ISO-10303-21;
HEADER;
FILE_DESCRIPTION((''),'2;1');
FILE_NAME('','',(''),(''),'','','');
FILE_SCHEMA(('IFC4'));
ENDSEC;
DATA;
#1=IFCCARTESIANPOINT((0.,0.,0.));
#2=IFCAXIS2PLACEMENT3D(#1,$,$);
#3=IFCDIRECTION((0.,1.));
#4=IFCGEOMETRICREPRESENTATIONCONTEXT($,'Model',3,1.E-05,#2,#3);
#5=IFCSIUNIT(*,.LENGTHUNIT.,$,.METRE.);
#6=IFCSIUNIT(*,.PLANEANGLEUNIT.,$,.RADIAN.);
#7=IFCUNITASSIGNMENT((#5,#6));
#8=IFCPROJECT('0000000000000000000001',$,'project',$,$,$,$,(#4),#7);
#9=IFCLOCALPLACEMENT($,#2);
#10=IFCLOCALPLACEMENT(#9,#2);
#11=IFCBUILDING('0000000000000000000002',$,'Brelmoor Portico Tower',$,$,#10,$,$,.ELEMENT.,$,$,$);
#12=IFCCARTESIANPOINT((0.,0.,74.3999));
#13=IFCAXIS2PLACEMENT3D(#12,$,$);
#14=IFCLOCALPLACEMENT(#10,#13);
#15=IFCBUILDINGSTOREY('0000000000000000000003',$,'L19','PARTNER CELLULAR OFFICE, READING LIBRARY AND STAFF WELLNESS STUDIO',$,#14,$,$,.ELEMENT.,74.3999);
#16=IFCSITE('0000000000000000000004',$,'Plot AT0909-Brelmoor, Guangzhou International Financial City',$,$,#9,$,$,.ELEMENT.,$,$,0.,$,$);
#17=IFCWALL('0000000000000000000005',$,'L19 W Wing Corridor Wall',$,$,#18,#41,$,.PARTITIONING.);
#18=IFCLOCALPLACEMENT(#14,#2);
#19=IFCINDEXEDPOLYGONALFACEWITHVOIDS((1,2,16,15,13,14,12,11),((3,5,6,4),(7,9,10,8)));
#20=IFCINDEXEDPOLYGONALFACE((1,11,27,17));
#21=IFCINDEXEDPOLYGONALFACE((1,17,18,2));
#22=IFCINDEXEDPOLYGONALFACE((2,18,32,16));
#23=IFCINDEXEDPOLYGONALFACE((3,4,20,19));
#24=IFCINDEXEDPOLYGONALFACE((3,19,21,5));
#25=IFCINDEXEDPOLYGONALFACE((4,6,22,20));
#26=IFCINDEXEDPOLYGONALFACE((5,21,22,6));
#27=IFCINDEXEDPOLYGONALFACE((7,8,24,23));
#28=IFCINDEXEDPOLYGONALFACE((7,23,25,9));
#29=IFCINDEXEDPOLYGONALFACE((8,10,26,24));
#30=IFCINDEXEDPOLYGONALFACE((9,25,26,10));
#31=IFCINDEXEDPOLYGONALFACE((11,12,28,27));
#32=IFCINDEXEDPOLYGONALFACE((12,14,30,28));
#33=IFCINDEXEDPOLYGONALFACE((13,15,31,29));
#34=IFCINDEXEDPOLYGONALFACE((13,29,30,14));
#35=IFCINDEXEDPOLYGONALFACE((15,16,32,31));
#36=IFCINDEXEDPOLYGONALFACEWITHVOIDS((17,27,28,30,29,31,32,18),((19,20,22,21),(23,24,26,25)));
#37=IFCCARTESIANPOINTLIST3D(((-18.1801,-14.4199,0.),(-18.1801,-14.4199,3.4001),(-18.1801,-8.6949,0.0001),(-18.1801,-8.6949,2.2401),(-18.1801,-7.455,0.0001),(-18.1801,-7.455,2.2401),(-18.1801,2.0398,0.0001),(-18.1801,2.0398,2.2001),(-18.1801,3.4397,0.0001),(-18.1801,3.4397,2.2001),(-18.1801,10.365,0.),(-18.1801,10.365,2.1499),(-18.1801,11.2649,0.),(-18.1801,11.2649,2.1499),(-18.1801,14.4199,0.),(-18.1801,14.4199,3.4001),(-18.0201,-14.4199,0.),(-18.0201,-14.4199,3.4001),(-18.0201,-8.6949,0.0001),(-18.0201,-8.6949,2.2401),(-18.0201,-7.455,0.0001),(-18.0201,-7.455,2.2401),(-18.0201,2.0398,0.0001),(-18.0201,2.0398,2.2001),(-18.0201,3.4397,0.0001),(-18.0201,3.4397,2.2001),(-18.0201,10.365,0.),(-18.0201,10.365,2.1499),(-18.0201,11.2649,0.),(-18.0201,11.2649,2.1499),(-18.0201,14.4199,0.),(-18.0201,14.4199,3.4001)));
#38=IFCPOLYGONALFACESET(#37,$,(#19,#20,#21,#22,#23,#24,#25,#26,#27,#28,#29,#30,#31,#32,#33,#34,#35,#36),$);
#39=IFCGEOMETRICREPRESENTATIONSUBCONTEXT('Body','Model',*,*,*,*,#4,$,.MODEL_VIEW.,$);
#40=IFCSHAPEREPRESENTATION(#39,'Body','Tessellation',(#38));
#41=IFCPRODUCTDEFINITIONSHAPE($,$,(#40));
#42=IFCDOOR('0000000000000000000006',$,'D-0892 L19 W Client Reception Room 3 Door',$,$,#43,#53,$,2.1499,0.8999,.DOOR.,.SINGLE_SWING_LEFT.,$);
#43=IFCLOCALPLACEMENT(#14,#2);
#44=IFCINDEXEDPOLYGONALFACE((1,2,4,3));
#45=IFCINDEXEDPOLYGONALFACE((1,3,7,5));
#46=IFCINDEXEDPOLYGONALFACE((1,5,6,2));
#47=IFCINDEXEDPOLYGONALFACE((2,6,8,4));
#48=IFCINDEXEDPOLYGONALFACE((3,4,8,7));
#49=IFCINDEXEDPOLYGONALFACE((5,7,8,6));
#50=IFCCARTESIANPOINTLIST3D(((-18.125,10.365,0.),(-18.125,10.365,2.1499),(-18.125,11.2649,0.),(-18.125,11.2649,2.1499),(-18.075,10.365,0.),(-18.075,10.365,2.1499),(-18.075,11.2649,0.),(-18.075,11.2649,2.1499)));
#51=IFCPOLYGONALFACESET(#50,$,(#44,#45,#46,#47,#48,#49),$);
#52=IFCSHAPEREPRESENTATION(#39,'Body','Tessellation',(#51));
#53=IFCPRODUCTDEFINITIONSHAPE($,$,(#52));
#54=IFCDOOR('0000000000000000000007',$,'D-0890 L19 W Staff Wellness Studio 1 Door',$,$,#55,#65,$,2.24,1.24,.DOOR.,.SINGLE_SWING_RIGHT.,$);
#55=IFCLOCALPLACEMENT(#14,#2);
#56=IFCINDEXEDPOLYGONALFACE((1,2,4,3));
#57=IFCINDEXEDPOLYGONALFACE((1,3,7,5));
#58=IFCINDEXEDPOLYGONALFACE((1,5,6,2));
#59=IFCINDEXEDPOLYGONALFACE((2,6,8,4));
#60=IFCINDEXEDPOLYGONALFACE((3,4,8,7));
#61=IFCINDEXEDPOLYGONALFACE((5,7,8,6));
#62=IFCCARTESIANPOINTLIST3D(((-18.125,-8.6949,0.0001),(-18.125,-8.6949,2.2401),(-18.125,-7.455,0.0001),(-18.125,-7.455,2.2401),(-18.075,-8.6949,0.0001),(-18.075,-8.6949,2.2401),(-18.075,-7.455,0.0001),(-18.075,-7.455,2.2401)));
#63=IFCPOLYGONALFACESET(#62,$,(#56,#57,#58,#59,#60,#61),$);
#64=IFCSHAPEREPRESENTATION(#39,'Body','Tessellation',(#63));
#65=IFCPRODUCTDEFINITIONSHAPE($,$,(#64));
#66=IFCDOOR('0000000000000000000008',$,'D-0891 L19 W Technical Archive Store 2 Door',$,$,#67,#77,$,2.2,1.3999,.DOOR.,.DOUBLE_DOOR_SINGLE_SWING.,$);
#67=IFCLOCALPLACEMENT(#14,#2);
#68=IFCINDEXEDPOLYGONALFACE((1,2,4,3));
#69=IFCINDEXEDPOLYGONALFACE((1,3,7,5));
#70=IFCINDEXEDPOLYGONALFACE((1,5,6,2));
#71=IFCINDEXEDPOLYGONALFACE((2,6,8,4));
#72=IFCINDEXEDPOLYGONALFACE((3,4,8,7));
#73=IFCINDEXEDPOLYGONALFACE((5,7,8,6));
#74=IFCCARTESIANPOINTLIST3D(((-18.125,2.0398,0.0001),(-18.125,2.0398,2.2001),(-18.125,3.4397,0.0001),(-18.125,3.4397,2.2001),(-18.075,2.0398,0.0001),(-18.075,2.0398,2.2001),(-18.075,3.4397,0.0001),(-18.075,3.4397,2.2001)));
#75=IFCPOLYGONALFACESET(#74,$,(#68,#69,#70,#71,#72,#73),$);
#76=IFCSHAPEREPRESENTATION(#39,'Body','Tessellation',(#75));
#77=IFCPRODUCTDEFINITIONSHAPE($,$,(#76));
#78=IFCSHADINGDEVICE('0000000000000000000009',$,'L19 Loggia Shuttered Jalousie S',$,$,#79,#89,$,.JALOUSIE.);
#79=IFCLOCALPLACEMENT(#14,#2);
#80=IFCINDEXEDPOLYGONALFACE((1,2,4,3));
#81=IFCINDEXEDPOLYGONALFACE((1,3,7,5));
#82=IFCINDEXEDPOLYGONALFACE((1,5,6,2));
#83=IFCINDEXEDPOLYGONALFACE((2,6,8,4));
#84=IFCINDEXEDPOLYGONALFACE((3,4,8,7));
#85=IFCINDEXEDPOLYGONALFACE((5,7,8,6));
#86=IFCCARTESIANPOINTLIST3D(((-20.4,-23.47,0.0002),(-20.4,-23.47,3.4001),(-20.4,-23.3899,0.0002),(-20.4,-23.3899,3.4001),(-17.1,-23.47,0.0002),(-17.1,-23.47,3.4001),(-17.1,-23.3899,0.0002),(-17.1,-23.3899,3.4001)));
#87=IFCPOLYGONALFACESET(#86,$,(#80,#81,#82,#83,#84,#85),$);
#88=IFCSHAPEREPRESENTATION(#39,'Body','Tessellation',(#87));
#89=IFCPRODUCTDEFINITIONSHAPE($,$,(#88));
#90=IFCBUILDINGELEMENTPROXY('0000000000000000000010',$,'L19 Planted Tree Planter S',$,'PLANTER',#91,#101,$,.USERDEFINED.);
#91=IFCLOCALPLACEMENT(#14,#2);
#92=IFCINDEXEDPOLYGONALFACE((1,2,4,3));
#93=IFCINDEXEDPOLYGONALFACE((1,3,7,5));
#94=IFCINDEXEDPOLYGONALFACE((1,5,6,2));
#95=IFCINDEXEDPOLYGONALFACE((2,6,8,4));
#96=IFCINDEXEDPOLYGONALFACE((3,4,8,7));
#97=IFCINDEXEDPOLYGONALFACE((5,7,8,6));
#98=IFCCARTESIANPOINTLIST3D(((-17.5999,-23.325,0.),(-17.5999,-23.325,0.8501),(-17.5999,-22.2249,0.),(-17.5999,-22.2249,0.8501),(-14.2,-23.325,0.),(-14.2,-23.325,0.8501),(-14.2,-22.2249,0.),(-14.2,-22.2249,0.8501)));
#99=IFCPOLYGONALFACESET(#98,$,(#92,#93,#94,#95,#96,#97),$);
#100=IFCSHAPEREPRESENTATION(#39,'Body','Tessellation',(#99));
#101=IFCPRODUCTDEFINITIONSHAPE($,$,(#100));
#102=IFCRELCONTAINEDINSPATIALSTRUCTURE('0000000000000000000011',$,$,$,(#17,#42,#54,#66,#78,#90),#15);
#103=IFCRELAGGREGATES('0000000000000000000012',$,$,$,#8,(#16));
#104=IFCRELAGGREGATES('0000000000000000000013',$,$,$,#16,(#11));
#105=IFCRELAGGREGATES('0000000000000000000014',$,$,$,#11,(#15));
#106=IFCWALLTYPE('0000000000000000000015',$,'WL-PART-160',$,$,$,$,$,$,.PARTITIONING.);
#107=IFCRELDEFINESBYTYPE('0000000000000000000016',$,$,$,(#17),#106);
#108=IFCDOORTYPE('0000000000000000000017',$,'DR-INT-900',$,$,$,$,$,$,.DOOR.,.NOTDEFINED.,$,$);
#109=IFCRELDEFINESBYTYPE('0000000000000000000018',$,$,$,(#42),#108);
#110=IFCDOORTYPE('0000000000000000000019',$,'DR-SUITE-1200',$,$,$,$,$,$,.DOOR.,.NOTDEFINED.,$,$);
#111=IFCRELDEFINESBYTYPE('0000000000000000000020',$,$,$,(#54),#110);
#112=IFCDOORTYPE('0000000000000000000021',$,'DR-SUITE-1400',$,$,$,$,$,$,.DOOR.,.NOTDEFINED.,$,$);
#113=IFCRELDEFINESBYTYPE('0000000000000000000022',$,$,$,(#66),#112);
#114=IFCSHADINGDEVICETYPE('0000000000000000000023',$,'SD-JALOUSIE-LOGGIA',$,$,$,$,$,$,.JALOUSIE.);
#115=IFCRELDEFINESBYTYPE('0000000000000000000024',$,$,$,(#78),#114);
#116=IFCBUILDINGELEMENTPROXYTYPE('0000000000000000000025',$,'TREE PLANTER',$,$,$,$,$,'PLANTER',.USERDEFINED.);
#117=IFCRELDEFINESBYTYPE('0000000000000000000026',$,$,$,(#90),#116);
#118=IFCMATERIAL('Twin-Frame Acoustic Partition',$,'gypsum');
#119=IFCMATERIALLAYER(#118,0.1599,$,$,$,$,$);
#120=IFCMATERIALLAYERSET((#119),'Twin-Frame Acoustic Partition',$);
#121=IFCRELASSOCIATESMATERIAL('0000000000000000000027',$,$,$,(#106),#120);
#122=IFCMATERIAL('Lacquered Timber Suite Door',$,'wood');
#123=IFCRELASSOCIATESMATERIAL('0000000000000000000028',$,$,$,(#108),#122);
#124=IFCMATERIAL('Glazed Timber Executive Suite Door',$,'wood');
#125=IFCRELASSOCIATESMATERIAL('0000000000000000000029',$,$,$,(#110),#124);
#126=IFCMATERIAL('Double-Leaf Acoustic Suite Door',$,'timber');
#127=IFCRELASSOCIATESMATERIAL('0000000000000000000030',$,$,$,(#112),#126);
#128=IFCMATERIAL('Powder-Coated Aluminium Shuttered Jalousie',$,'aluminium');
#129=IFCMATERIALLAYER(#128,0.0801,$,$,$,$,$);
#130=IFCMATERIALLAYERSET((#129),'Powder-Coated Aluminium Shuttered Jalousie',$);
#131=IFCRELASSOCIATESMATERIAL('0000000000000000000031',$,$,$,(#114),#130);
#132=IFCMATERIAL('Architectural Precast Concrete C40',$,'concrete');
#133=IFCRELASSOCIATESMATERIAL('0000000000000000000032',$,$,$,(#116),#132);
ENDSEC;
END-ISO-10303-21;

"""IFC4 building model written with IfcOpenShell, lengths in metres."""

from ifc_helpers import new_model, si_unit, direction, frame, frame_2d, origin, origin_2d, place, context, subcontext, project, spatial, rectangle, extrude, material, layer, layer_set, type_object, element, fill, save


model = new_model("IFC4")

# Units and contexts
model_context = context("Model", 3, precision=1e-05, world=origin(), true_north=direction((0.0, 1.0)))
body_context = subcontext(model_context, "Body", "Model", "MODEL_VIEW")
ifc_project = project(units=[si_unit("LENGTHUNIT", "METRE"), si_unit("PLANEANGLEUNIT", "RADIAN")], contexts=[model_context])

# Site, building, storey
site_placement = place(None, origin())
site = spatial("IfcSite", under=ifc_project, at=site_placement, Name="Plot AT0909-Brelmoor, Guangzhou International Financial City", CompositionType="ELEMENT", RefElevation=0.0)
building_placement = place(site_placement, origin())
building = spatial("IfcBuilding", under=site, at=building_placement, Name="Brelmoor Portico Tower", CompositionType="ELEMENT")
storey_placement = place(building_placement, frame((0.0, 0.0, 74.3999)))
storey = spatial("IfcBuildingStorey", under=building, at=storey_placement, Name="L19", Description="PARTNER CELLULAR OFFICE, READING LIBRARY AND STAFF WELLNESS STUDIO", CompositionType="ELEMENT", Elevation=74.3999)

# Shared definitions
ifc_material_1 = material(Name="Lacquered Timber Suite Door", Category="wood")

# Wall, openings, doors
ifc_material_2 = material(Name="Twin-Frame Acoustic Partition", Category="gypsum")
ifc_layer_1 = layer(ifc_material_2, 0.1599)
ifc_layer_set_1 = layer_set([ifc_layer_1], Name="Twin-Frame Acoustic Partition")
wall_type_1 = type_object("IfcWallType", Name="WL-PART-160", PredefinedType="PARTITIONING", material=ifc_layer_set_1)
door_type_1 = type_object("IfcDoorType", Name="DR-INT-900", OperationType="NOTDEFINED", PredefinedType="DOOR", material=ifc_material_1)
ifc_material_3 = material(Name="Glazed Timber Executive Suite Door", Category="wood")
door_type_2 = type_object("IfcDoorType", Name="DR-SUITE-1200", OperationType="NOTDEFINED", PredefinedType="DOOR", material=ifc_material_3)
wall_1_placement = place(storey_placement, frame((-18.1001, -14.4199, 0.0), z_axis=(0.0, 0.0, 1.0), x_axis=(0.0, 1.0, 0.0)))
wall_1 = element("IfcWall", 1, at=wall_1_placement, inside=storey, type_object=wall_type_1, Name="L19 W Wing Corridor Wall", PredefinedType="PARTITIONING", context=body_context, shape_type="SweptSolid", body=[
    extrude(rectangle(XDim=28.8398, YDim=0.1599, at=frame_2d((14.4199, 0.0))), origin(), (0.0, 0.0, 1.0), 3.4001),
])
opening_1_placement = place(wall_1_placement, frame((5.7249, 0.0, 0.0)))
opening_1 = element("IfcOpeningElement", 2, at=opening_1_placement, cuts=wall_1, PredefinedType="OPENING", context=body_context, shape_type="SweptSolid", body=[
    extrude(rectangle(XDim=1.24, YDim=2.24, at=frame_2d((0.6201, 1.1201))), frame((0.0, 0.0898, 0.0), z_axis=(0.0, -1.0, 0.0), x_axis=(1.0, 0.0, 0.0)), (0.0, 0.0, 1.0), 0.1799),
])
opening_2_placement = place(wall_1_placement, frame((16.4597, 0.0, 0.0)))
opening_2 = element("IfcOpeningElement", 3, at=opening_2_placement, cuts=wall_1, PredefinedType="OPENING", context=body_context, shape_type="SweptSolid", body=[
    extrude(rectangle(XDim=1.3999, YDim=2.2, at=frame_2d((0.7, 1.1001))), frame((0.0, 0.0898, 0.0), z_axis=(0.0, -1.0, 0.0), x_axis=(1.0, 0.0, 0.0)), (0.0, 0.0, 1.0), 0.1799),
])
opening_3_placement = place(wall_1_placement, frame((24.7849, 0.0, 0.0)))
opening_3 = element("IfcOpeningElement", 4, at=opening_3_placement, cuts=wall_1, PredefinedType="OPENING", context=body_context, shape_type="SweptSolid", body=[
    extrude(rectangle(XDim=0.8999, YDim=2.1499, at=frame_2d((0.45, 1.075))), frame((0.0, 0.0898, 0.0), z_axis=(0.0, -1.0, 0.0), x_axis=(1.0, 0.0, 0.0)), (0.0, 0.0, 1.0), 0.1799),
])
door_1_placement = place(opening_3_placement, origin())
door_1 = element("IfcDoor", 5, at=door_1_placement, inside=storey, type_object=door_type_1, Name="D-0892 L19 W Client Reception Room 3 Door", OperationType="SINGLE_SWING_LEFT", OverallHeight=2.1499, OverallWidth=0.8999, PredefinedType="DOOR", context=body_context, shape_type="SweptSolid", body=[
    extrude(rectangle(XDim=0.8999, YDim=2.1499, at=frame_2d((0.45, 1.075))), frame((0.0, 0.0249, 0.0), z_axis=(0.0, -1.0, 0.0), x_axis=(1.0, 0.0, 0.0)), (0.0, 0.0, 1.0), 0.05),
])
fill(opening_3, door_1)
door_2_placement = place(opening_1_placement, origin())
door_2 = element("IfcDoor", 6, at=door_2_placement, inside=storey, type_object=door_type_2, Name="D-0890 L19 W Staff Wellness Studio 1 Door", OperationType="SINGLE_SWING_RIGHT", OverallHeight=2.24, OverallWidth=1.24, PredefinedType="DOOR", context=body_context, shape_type="SweptSolid", body=[
    extrude(rectangle(XDim=1.24, YDim=2.24, at=frame_2d((0.6201, 1.1201))), frame((0.0, 0.0249, 0.0), z_axis=(0.0, -1.0, 0.0), x_axis=(1.0, 0.0, 0.0)), (0.0, 0.0, 1.0), 0.05),
])
fill(opening_1, door_2)
ifc_material_4 = material(Name="Double-Leaf Acoustic Suite Door", Category="timber")
door_type_3 = type_object("IfcDoorType", Name="DR-SUITE-1400", OperationType="NOTDEFINED", PredefinedType="DOOR", material=ifc_material_4)
door_3_placement = place(opening_2_placement, origin())
door_3 = element("IfcDoor", 7, at=door_3_placement, inside=storey, type_object=door_type_3, Name="D-0891 L19 W Technical Archive Store 2 Door", OperationType="DOUBLE_DOOR_SINGLE_SWING", OverallHeight=2.2, OverallWidth=1.3999, PredefinedType="DOOR", context=body_context, shape_type="SweptSolid", body=[
    extrude(rectangle(XDim=1.3999, YDim=2.2, at=frame_2d((0.7, 1.1001))), frame((0.0, 0.0249, 0.0), z_axis=(0.0, -1.0, 0.0), x_axis=(1.0, 0.0, 0.0)), (0.0, 0.0, 1.0), 0.05),
])
fill(opening_2, door_3)

# Shading device
ifc_material_5 = material(Name="Powder-Coated Aluminium Shuttered Jalousie", Category="aluminium")
ifc_layer_2 = layer(ifc_material_5, 0.0801)
ifc_layer_set_2 = layer_set([ifc_layer_2], Name="Powder-Coated Aluminium Shuttered Jalousie")
shading_device_type = type_object("IfcShadingDeviceType", Name="SD-JALOUSIE-LOGGIA", PredefinedType="JALOUSIE", material=ifc_layer_set_2)
shading_device_placement = place(storey_placement, frame((-18.75, -23.4299, 0.0002), z_axis=(0.0, 0.0, 1.0), x_axis=(1.0, 0.0, 0.0)))
element("IfcShadingDevice", 8, at=shading_device_placement, inside=storey, type_object=shading_device_type, Name="L19 Loggia Shuttered Jalousie S", PredefinedType="JALOUSIE", context=body_context, shape_type="SweptSolid", body=[
    extrude(rectangle(XDim=3.3, YDim=0.0801, at=origin_2d()), origin(), (0.0, 0.0, 1.0), 3.3999),
])

# Building element proxy
ifc_material_6 = material(Name="Architectural Precast Concrete C40", Category="concrete")
building_element_proxy_type = type_object("IfcBuildingElementProxyType", Name="TREE PLANTER", ElementType="PLANTER", PredefinedType="USERDEFINED", material=ifc_material_6)
proxy_placement = place(storey_placement, frame((-15.8999, -22.7749, 0.0), z_axis=(0.0, 0.0, 1.0), x_axis=(1.0, 0.0, 0.0)))
element("IfcBuildingElementProxy", 9, at=proxy_placement, inside=storey, type_object=building_element_proxy_type, Name="L19 Planted Tree Planter S", ObjectType="PLANTER", PredefinedType="USERDEFINED", context=body_context, shape_type="SweptSolid", body=[
    extrude(rectangle(XDim=3.3999, YDim=1.1001, at=origin_2d()), origin(), (0.0, 0.0, 1.0), 0.8501),
])

save(model, "model.ifc")
